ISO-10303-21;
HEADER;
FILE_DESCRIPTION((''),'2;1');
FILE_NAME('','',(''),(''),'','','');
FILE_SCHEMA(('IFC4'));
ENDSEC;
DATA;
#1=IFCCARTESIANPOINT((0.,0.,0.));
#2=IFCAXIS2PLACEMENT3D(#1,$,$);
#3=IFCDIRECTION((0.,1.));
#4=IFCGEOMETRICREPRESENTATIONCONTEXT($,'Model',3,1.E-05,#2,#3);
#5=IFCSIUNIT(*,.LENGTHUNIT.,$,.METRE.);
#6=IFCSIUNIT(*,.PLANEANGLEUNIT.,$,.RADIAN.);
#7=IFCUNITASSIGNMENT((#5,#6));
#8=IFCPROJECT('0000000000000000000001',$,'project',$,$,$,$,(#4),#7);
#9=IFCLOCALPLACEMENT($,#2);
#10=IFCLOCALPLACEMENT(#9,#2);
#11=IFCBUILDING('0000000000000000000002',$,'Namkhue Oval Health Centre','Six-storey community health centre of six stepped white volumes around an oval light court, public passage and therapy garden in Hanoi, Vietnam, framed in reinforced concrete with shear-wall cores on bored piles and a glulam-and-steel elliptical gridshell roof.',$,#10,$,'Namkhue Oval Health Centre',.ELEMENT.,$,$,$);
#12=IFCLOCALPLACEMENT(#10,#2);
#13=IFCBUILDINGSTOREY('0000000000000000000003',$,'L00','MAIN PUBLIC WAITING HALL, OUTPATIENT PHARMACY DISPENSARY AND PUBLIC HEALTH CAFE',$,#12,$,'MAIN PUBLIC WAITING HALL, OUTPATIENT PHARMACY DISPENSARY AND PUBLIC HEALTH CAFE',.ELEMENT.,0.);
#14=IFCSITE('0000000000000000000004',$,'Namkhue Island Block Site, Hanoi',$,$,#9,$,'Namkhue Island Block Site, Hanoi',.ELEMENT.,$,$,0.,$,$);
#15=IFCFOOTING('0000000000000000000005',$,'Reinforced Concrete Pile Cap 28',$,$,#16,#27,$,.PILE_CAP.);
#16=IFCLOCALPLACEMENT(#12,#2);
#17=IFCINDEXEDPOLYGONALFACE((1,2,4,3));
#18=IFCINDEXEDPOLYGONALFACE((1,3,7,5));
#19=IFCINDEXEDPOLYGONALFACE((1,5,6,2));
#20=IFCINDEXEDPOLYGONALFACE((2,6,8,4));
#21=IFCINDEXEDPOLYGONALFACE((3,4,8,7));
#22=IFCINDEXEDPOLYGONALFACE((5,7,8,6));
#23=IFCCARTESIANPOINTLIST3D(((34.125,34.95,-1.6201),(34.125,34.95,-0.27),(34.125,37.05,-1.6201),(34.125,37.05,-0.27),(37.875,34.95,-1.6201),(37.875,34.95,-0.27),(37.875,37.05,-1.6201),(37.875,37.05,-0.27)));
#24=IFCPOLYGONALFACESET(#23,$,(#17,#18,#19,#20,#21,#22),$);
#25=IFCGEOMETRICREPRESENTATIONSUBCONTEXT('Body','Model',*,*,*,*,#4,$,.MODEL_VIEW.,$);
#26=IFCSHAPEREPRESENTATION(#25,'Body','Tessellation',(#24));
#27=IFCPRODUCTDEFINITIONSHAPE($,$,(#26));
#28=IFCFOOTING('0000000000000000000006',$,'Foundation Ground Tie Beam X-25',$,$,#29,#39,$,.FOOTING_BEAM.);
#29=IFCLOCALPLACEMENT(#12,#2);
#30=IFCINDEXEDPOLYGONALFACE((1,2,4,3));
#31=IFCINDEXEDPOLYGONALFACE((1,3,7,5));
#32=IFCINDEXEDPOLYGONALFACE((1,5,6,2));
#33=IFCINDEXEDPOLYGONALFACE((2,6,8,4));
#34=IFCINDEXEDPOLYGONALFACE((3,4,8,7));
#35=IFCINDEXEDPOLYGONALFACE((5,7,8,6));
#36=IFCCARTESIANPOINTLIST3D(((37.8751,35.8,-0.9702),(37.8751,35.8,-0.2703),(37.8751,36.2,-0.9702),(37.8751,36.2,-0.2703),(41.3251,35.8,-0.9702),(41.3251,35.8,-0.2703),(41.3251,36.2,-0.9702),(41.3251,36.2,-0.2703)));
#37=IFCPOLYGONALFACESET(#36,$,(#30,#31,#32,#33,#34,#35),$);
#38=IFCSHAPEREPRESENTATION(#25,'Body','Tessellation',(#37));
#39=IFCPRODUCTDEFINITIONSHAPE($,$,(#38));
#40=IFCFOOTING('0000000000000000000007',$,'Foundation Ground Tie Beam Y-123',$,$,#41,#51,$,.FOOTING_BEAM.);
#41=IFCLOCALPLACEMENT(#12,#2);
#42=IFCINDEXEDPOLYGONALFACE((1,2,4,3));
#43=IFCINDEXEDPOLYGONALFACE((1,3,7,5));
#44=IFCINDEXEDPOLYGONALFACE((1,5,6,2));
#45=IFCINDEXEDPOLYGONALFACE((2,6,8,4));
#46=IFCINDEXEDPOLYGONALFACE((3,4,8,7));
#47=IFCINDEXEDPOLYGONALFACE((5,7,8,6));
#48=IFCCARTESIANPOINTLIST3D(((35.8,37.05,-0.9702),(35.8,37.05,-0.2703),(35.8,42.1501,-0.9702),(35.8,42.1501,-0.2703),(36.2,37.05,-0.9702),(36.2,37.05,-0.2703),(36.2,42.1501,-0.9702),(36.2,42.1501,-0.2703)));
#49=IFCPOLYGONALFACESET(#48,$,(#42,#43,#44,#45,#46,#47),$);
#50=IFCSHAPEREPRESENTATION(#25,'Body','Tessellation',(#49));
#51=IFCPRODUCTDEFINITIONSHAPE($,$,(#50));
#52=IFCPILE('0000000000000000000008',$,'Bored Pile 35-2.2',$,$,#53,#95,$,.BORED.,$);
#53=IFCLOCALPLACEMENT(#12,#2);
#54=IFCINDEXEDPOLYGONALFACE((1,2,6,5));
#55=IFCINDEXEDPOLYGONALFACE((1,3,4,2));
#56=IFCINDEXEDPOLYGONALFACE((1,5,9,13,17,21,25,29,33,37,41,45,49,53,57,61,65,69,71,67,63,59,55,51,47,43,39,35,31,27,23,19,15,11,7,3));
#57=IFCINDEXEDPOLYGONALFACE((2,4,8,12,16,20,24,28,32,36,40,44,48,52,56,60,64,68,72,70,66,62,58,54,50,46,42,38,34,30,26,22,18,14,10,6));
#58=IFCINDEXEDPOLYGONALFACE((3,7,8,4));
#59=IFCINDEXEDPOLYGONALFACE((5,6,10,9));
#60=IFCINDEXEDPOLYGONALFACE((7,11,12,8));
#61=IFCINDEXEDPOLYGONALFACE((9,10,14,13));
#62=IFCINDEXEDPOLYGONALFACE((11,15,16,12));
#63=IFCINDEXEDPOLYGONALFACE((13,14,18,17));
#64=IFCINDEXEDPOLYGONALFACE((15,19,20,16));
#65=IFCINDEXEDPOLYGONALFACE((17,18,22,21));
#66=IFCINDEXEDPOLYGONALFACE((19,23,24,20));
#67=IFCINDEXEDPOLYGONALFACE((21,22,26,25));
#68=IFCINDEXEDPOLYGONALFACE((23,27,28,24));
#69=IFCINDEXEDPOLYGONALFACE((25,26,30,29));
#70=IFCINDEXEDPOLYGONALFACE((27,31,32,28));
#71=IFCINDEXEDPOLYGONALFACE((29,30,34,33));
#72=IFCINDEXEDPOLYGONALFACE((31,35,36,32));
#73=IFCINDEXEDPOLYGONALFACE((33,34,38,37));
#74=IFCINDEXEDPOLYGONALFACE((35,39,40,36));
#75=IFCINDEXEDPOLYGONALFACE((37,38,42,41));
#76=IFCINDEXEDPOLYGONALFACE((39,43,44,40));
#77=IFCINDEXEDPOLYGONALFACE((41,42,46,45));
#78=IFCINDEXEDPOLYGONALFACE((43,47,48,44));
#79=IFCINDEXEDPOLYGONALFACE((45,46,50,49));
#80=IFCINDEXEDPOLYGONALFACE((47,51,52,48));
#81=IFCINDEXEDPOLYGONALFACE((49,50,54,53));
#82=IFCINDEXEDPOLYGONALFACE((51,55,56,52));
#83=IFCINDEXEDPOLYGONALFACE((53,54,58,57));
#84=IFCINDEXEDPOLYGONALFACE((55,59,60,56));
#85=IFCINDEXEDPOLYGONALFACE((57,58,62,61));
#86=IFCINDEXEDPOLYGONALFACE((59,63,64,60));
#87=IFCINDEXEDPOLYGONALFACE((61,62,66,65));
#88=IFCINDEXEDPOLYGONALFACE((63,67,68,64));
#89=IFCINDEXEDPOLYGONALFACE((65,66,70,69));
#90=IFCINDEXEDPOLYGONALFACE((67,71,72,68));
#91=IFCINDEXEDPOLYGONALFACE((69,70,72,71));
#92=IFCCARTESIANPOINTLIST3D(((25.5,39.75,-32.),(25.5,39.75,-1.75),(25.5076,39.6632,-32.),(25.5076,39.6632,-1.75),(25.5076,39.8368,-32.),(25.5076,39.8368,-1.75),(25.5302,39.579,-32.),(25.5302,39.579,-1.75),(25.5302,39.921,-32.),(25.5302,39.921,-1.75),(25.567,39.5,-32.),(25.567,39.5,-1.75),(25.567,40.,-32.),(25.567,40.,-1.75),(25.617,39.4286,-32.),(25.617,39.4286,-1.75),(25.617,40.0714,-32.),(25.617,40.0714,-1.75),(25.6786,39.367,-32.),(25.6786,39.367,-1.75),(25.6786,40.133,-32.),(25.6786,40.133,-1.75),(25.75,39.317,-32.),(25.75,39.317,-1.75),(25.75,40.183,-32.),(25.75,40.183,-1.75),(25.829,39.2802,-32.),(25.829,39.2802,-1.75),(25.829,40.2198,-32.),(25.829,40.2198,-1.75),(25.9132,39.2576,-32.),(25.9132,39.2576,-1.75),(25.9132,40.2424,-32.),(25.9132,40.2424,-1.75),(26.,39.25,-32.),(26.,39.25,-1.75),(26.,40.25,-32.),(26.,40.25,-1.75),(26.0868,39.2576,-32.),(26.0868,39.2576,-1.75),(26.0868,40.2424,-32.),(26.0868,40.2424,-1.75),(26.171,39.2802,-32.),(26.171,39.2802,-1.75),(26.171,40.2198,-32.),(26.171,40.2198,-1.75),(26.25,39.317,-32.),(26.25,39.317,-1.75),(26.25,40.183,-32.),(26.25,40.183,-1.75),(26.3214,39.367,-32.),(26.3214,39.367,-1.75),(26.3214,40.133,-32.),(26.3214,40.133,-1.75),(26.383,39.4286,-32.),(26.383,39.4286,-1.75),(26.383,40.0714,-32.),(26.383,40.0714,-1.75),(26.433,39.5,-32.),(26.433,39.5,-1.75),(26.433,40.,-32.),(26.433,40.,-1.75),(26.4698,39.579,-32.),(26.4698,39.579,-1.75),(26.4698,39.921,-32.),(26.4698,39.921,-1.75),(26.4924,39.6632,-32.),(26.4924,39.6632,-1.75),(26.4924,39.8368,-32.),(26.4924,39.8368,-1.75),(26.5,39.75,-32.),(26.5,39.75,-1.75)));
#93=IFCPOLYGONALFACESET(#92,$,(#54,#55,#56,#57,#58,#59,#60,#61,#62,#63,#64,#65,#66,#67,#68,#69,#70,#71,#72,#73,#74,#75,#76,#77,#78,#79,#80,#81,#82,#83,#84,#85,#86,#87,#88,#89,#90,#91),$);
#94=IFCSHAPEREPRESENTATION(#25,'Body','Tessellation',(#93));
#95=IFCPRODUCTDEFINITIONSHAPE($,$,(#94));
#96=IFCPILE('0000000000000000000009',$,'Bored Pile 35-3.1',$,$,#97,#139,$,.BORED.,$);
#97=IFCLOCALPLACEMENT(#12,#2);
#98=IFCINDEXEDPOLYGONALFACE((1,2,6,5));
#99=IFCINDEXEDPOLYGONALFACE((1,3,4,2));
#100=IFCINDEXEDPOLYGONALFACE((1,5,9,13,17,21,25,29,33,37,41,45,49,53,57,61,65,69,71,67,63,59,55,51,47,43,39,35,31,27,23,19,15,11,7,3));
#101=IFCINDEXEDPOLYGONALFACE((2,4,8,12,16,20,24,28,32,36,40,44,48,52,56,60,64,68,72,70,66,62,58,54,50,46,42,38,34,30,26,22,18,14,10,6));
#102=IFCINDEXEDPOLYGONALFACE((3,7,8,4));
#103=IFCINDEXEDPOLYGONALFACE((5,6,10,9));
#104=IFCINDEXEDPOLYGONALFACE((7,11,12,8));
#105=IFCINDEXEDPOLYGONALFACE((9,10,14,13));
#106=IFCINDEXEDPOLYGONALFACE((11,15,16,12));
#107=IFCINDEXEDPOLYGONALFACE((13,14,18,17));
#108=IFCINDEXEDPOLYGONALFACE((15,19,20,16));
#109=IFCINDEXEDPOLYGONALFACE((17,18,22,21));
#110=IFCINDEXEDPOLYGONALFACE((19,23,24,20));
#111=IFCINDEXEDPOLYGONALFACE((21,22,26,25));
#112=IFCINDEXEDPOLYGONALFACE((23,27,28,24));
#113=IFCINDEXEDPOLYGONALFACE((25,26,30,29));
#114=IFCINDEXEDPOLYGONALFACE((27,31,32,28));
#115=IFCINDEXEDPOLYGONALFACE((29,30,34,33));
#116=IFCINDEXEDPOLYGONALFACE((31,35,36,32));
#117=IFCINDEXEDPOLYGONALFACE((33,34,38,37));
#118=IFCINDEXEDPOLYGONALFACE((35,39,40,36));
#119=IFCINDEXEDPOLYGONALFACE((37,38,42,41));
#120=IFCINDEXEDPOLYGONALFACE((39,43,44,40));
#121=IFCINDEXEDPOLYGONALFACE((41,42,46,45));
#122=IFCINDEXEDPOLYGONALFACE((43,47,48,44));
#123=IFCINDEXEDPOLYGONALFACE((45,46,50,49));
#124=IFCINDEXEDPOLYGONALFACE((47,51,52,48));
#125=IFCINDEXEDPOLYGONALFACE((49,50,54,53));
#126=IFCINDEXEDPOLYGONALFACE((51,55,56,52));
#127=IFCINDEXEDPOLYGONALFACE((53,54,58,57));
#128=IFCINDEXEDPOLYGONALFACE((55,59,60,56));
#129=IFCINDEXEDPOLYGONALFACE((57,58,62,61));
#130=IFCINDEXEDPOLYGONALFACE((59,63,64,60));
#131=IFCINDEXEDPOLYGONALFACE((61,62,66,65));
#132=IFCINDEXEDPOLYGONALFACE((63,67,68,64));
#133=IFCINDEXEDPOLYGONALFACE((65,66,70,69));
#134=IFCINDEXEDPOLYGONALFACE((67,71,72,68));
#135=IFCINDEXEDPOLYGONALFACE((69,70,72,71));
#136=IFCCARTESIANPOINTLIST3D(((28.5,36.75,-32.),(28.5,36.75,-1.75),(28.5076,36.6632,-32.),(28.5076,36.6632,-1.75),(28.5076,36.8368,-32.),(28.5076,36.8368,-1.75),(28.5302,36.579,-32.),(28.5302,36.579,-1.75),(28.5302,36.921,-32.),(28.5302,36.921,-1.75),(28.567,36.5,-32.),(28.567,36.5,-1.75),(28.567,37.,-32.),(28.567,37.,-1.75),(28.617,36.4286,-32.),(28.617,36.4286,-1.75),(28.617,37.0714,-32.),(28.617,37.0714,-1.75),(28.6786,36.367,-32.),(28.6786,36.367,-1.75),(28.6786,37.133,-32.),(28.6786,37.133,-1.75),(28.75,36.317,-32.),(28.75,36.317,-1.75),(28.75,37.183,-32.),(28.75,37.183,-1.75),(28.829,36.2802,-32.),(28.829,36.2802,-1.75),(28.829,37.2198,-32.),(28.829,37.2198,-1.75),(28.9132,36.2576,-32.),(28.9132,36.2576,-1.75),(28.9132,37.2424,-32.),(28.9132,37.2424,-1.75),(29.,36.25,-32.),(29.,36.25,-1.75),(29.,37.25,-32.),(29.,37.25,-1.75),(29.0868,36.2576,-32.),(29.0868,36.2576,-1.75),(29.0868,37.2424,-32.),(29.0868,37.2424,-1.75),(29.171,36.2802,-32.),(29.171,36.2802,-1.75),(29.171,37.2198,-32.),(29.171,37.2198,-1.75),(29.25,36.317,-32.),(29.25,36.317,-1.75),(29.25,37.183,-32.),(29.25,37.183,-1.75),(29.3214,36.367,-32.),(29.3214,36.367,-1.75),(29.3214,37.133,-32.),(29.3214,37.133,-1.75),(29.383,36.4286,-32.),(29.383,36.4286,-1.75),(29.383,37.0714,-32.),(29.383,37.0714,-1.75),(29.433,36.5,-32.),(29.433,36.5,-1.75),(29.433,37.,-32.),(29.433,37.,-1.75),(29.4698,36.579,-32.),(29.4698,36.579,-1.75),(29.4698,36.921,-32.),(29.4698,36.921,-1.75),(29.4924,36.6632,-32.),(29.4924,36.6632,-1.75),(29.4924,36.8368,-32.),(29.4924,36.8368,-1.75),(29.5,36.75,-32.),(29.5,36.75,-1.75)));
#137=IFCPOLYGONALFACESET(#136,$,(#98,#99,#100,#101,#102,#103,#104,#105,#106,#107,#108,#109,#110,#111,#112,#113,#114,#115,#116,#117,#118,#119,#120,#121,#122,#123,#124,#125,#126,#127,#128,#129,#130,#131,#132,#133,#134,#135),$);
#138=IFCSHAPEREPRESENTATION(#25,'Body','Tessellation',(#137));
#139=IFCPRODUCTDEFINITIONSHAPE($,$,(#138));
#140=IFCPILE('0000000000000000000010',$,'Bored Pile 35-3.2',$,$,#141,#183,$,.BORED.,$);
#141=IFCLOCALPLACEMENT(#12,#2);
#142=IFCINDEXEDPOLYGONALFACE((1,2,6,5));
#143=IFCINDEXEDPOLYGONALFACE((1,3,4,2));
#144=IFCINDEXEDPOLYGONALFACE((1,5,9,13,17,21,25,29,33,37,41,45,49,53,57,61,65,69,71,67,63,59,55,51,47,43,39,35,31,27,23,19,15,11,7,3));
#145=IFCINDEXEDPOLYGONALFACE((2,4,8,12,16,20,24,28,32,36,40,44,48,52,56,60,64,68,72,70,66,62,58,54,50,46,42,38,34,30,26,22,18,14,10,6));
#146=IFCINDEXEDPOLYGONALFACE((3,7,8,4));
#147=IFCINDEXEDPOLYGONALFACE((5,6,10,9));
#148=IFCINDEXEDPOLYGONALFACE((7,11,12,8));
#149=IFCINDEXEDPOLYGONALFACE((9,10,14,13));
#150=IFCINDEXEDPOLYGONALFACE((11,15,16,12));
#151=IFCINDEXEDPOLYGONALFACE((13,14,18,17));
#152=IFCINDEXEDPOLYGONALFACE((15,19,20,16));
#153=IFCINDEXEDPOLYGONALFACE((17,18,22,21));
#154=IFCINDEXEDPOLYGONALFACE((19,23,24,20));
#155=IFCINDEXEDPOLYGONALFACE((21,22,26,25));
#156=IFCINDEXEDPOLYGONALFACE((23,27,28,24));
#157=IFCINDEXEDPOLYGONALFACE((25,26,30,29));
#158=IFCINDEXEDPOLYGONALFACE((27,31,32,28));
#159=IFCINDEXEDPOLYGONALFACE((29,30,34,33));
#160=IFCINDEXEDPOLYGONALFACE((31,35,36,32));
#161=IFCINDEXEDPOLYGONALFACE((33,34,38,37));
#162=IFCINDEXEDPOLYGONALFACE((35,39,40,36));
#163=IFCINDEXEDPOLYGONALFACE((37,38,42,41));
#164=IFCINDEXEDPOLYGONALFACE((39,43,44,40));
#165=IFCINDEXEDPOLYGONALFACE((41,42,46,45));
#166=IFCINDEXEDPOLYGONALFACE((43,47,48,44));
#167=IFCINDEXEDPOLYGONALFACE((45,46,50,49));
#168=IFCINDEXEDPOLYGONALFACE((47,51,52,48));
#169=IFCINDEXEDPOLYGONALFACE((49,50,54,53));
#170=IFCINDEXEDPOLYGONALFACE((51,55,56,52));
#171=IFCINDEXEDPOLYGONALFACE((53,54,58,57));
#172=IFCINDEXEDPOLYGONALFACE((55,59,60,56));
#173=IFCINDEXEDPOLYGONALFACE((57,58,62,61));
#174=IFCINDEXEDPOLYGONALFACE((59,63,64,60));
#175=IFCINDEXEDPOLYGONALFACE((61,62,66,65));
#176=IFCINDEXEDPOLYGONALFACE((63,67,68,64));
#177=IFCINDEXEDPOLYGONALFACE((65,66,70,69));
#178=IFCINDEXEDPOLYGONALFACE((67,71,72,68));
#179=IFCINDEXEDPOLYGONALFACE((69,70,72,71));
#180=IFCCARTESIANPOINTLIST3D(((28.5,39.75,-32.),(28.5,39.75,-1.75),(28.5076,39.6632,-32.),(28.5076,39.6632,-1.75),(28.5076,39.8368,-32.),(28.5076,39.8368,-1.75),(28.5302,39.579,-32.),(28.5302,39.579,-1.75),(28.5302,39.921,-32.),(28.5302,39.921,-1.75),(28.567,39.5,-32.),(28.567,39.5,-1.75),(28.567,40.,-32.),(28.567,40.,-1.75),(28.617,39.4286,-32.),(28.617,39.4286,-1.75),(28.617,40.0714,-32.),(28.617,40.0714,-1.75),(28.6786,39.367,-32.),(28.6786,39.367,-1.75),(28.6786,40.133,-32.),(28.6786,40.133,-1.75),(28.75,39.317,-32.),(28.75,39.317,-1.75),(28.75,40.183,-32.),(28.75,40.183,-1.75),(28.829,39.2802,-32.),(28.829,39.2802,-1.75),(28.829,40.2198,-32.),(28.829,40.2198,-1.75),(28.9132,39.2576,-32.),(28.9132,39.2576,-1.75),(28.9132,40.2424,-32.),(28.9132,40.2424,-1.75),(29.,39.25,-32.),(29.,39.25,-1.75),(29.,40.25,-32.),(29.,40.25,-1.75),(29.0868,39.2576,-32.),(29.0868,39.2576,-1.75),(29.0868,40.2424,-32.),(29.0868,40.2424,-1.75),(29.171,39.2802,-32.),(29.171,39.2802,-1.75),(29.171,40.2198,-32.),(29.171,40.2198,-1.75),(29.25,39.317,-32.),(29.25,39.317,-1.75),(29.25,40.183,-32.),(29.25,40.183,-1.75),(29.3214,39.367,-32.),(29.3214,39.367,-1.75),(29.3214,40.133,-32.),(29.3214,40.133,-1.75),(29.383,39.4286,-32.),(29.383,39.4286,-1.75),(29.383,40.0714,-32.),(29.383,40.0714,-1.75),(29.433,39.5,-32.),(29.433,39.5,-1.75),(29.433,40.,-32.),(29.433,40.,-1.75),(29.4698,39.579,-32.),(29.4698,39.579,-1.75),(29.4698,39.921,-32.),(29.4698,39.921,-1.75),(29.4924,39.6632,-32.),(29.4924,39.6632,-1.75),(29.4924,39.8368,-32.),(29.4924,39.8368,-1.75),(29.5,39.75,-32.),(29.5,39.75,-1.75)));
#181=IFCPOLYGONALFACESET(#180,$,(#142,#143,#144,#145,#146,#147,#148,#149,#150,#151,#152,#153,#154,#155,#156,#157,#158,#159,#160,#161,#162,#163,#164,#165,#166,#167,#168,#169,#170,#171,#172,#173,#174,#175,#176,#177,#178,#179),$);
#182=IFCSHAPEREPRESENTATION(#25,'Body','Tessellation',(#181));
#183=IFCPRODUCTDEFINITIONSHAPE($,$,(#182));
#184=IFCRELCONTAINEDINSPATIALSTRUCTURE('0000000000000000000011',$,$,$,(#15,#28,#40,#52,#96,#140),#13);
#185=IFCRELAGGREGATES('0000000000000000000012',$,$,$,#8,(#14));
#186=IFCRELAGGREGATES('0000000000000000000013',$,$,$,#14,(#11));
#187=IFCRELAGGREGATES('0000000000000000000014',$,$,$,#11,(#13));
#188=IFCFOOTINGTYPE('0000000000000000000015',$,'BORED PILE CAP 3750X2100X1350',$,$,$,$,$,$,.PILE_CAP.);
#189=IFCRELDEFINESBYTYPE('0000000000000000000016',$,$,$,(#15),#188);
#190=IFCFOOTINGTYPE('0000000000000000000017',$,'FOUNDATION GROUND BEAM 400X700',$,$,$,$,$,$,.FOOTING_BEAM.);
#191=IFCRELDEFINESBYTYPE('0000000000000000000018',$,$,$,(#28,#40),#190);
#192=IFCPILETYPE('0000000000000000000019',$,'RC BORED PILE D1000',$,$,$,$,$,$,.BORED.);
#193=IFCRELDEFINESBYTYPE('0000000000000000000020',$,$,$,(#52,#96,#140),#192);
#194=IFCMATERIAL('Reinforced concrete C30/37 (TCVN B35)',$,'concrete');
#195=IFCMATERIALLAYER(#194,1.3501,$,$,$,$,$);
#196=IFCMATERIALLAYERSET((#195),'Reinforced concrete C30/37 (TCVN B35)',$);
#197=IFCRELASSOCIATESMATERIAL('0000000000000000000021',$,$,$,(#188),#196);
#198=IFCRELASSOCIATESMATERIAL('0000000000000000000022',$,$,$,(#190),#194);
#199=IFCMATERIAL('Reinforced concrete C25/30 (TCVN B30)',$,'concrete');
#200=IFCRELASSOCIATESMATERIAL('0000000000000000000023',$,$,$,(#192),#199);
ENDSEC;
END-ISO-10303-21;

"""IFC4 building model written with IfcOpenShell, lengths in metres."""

from ifc_helpers import new_model, si_unit, direction, frame, origin, origin_2d, place, context, subcontext, project, spatial, rectangle, circle, extrude, material, layer, layer_set, material_profile, profile_set, type_object, element, save


model = new_model("IFC4")

# Units and contexts
model_context = context("Model", 3, precision=1e-05, world=origin(), true_north=direction((0.0, 1.0)))
body_context = subcontext(model_context, "Body", "Model", "MODEL_VIEW")
ifc_project = project(units=[si_unit("LENGTHUNIT", "METRE"), si_unit("PLANEANGLEUNIT", "RADIAN")], contexts=[model_context])

# Site, building, storey
site_placement = place(None, origin())
site = spatial("IfcSite", under=ifc_project, at=site_placement, Name="Namkhue Island Block Site, Hanoi", LongName="Namkhue Island Block Site, Hanoi", CompositionType="ELEMENT", RefElevation=0.0)
building_placement = place(site_placement, origin())
building = spatial("IfcBuilding", under=site, at=building_placement, Name="Namkhue Oval Health Centre", Description="Six-storey community health centre of six stepped white volumes around an oval light court, public passage and therapy garden in Hanoi, Vietnam, framed in reinforced concrete with shear-wall cores on bored piles and a glulam-and-steel elliptical gridshell roof.", LongName="Namkhue Oval Health Centre", CompositionType="ELEMENT")
storey_placement = place(building_placement, origin())
storey = spatial("IfcBuildingStorey", under=building, at=storey_placement, Name="L00", Description="MAIN PUBLIC WAITING HALL, OUTPATIENT PHARMACY DISPENSARY AND PUBLIC HEALTH CAFE", LongName="MAIN PUBLIC WAITING HALL, OUTPATIENT PHARMACY DISPENSARY AND PUBLIC HEALTH CAFE", CompositionType="ELEMENT", Elevation=0.0)

# Footings
ifc_material_1 = material(Name="Reinforced concrete C30/37 (TCVN B35)", Category="concrete")
ifc_layer_1 = layer(ifc_material_1, 1.3501)
ifc_layer_set_1 = layer_set([ifc_layer_1], Name="Reinforced concrete C30/37 (TCVN B35)")
footing_type_1 = type_object("IfcFootingType", Name="BORED PILE CAP 3750X2100X1350", PredefinedType="PILE_CAP", material=ifc_layer_set_1)
footing_1_placement = place(storey_placement, frame((36.0, 36.0, -1.6201), z_axis=(0.0, 0.0, 1.0), x_axis=(1.0, 0.0, 0.0)))
element("IfcFooting", 1, at=footing_1_placement, inside=storey, type_object=footing_type_1, Name="Reinforced Concrete Pile Cap 28", PredefinedType="PILE_CAP", context=body_context, shape_type="SweptSolid", body=[
    extrude(rectangle(XDim=3.75, YDim=2.1001, at=origin_2d()), origin(), (0.0, 0.0, 1.0), 1.3501),
])
footing_type_2 = type_object("IfcFootingType", Name="FOUNDATION GROUND BEAM 400X700", PredefinedType="FOOTING_BEAM", material=ifc_material_1)
footing_2_placement = place(storey_placement, frame((39.6001, 36.0, -0.9702), z_axis=(0.0, 0.0, 1.0), x_axis=(1.0, 0.0, 0.0)))
element("IfcFooting", 2, at=footing_2_placement, inside=storey, type_object=footing_type_2, Name="Foundation Ground Tie Beam X-25", PredefinedType="FOOTING_BEAM", context=body_context, shape_type="SweptSolid", body=[
    extrude(rectangle(XDim=3.45, YDim=0.3999, at=origin_2d()), origin(), (0.0, 0.0, 1.0), 0.7),
])
footing_3_placement = place(storey_placement, frame((36.0, 39.6001, -0.9702), z_axis=(0.0, 0.0, 1.0), x_axis=(0.0, 1.0, 0.0)))
element("IfcFooting", 3, at=footing_3_placement, inside=storey, type_object=footing_type_2, Name="Foundation Ground Tie Beam Y-123", PredefinedType="FOOTING_BEAM", context=body_context, shape_type="SweptSolid", body=[
    extrude(rectangle(XDim=5.1001, YDim=0.3999, at=origin_2d()), origin(), (0.0, 0.0, 1.0), 0.7),
])

# Piles
ifc_material_2 = material(Name="Reinforced concrete C25/30 (TCVN B30)", Category="concrete")
ifc_material_profile_1 = material_profile(ifc_material_2, circle(Radius=0.5, at=origin_2d()), Name="BORED PILE D1000")
ifc_profile_set_1 = profile_set([ifc_material_profile_1], Name="Reinforced concrete C25/30 (TCVN B30)")
pile_type_1 = type_object("IfcPileType", Name="RC BORED PILE D1000", PredefinedType="BORED", material=ifc_profile_set_1)
for number, where, z_axis, x_axis, name in (
    (4, (26.0, 39.75, -1.75), (0.0, 0.0, -1.0), (1.0, 0.0, 0.0), "Bored Pile 35-2.2"),
    (5, (29.0, 36.75, -1.75), (0.0, 0.0, -1.0), (1.0, 0.0, 0.0), "Bored Pile 35-3.1"),
    (6, (29.0, 39.75, -1.75), (0.0, 0.0, -1.0), (1.0, 0.0, 0.0), "Bored Pile 35-3.2"),
):
    element("IfcPile", number, at=place(storey_placement, frame(where, z_axis=z_axis, x_axis=x_axis)), inside=storey, type_object=pile_type_1, Name=name, PredefinedType="BORED", context=body_context, shape_type="SweptSolid", body=[
        extrude(circle(Radius=0.5, at=origin_2d()), origin(), (0.0, 0.0, 1.0), 30.25),
    ])

save(model, "model.ifc")
